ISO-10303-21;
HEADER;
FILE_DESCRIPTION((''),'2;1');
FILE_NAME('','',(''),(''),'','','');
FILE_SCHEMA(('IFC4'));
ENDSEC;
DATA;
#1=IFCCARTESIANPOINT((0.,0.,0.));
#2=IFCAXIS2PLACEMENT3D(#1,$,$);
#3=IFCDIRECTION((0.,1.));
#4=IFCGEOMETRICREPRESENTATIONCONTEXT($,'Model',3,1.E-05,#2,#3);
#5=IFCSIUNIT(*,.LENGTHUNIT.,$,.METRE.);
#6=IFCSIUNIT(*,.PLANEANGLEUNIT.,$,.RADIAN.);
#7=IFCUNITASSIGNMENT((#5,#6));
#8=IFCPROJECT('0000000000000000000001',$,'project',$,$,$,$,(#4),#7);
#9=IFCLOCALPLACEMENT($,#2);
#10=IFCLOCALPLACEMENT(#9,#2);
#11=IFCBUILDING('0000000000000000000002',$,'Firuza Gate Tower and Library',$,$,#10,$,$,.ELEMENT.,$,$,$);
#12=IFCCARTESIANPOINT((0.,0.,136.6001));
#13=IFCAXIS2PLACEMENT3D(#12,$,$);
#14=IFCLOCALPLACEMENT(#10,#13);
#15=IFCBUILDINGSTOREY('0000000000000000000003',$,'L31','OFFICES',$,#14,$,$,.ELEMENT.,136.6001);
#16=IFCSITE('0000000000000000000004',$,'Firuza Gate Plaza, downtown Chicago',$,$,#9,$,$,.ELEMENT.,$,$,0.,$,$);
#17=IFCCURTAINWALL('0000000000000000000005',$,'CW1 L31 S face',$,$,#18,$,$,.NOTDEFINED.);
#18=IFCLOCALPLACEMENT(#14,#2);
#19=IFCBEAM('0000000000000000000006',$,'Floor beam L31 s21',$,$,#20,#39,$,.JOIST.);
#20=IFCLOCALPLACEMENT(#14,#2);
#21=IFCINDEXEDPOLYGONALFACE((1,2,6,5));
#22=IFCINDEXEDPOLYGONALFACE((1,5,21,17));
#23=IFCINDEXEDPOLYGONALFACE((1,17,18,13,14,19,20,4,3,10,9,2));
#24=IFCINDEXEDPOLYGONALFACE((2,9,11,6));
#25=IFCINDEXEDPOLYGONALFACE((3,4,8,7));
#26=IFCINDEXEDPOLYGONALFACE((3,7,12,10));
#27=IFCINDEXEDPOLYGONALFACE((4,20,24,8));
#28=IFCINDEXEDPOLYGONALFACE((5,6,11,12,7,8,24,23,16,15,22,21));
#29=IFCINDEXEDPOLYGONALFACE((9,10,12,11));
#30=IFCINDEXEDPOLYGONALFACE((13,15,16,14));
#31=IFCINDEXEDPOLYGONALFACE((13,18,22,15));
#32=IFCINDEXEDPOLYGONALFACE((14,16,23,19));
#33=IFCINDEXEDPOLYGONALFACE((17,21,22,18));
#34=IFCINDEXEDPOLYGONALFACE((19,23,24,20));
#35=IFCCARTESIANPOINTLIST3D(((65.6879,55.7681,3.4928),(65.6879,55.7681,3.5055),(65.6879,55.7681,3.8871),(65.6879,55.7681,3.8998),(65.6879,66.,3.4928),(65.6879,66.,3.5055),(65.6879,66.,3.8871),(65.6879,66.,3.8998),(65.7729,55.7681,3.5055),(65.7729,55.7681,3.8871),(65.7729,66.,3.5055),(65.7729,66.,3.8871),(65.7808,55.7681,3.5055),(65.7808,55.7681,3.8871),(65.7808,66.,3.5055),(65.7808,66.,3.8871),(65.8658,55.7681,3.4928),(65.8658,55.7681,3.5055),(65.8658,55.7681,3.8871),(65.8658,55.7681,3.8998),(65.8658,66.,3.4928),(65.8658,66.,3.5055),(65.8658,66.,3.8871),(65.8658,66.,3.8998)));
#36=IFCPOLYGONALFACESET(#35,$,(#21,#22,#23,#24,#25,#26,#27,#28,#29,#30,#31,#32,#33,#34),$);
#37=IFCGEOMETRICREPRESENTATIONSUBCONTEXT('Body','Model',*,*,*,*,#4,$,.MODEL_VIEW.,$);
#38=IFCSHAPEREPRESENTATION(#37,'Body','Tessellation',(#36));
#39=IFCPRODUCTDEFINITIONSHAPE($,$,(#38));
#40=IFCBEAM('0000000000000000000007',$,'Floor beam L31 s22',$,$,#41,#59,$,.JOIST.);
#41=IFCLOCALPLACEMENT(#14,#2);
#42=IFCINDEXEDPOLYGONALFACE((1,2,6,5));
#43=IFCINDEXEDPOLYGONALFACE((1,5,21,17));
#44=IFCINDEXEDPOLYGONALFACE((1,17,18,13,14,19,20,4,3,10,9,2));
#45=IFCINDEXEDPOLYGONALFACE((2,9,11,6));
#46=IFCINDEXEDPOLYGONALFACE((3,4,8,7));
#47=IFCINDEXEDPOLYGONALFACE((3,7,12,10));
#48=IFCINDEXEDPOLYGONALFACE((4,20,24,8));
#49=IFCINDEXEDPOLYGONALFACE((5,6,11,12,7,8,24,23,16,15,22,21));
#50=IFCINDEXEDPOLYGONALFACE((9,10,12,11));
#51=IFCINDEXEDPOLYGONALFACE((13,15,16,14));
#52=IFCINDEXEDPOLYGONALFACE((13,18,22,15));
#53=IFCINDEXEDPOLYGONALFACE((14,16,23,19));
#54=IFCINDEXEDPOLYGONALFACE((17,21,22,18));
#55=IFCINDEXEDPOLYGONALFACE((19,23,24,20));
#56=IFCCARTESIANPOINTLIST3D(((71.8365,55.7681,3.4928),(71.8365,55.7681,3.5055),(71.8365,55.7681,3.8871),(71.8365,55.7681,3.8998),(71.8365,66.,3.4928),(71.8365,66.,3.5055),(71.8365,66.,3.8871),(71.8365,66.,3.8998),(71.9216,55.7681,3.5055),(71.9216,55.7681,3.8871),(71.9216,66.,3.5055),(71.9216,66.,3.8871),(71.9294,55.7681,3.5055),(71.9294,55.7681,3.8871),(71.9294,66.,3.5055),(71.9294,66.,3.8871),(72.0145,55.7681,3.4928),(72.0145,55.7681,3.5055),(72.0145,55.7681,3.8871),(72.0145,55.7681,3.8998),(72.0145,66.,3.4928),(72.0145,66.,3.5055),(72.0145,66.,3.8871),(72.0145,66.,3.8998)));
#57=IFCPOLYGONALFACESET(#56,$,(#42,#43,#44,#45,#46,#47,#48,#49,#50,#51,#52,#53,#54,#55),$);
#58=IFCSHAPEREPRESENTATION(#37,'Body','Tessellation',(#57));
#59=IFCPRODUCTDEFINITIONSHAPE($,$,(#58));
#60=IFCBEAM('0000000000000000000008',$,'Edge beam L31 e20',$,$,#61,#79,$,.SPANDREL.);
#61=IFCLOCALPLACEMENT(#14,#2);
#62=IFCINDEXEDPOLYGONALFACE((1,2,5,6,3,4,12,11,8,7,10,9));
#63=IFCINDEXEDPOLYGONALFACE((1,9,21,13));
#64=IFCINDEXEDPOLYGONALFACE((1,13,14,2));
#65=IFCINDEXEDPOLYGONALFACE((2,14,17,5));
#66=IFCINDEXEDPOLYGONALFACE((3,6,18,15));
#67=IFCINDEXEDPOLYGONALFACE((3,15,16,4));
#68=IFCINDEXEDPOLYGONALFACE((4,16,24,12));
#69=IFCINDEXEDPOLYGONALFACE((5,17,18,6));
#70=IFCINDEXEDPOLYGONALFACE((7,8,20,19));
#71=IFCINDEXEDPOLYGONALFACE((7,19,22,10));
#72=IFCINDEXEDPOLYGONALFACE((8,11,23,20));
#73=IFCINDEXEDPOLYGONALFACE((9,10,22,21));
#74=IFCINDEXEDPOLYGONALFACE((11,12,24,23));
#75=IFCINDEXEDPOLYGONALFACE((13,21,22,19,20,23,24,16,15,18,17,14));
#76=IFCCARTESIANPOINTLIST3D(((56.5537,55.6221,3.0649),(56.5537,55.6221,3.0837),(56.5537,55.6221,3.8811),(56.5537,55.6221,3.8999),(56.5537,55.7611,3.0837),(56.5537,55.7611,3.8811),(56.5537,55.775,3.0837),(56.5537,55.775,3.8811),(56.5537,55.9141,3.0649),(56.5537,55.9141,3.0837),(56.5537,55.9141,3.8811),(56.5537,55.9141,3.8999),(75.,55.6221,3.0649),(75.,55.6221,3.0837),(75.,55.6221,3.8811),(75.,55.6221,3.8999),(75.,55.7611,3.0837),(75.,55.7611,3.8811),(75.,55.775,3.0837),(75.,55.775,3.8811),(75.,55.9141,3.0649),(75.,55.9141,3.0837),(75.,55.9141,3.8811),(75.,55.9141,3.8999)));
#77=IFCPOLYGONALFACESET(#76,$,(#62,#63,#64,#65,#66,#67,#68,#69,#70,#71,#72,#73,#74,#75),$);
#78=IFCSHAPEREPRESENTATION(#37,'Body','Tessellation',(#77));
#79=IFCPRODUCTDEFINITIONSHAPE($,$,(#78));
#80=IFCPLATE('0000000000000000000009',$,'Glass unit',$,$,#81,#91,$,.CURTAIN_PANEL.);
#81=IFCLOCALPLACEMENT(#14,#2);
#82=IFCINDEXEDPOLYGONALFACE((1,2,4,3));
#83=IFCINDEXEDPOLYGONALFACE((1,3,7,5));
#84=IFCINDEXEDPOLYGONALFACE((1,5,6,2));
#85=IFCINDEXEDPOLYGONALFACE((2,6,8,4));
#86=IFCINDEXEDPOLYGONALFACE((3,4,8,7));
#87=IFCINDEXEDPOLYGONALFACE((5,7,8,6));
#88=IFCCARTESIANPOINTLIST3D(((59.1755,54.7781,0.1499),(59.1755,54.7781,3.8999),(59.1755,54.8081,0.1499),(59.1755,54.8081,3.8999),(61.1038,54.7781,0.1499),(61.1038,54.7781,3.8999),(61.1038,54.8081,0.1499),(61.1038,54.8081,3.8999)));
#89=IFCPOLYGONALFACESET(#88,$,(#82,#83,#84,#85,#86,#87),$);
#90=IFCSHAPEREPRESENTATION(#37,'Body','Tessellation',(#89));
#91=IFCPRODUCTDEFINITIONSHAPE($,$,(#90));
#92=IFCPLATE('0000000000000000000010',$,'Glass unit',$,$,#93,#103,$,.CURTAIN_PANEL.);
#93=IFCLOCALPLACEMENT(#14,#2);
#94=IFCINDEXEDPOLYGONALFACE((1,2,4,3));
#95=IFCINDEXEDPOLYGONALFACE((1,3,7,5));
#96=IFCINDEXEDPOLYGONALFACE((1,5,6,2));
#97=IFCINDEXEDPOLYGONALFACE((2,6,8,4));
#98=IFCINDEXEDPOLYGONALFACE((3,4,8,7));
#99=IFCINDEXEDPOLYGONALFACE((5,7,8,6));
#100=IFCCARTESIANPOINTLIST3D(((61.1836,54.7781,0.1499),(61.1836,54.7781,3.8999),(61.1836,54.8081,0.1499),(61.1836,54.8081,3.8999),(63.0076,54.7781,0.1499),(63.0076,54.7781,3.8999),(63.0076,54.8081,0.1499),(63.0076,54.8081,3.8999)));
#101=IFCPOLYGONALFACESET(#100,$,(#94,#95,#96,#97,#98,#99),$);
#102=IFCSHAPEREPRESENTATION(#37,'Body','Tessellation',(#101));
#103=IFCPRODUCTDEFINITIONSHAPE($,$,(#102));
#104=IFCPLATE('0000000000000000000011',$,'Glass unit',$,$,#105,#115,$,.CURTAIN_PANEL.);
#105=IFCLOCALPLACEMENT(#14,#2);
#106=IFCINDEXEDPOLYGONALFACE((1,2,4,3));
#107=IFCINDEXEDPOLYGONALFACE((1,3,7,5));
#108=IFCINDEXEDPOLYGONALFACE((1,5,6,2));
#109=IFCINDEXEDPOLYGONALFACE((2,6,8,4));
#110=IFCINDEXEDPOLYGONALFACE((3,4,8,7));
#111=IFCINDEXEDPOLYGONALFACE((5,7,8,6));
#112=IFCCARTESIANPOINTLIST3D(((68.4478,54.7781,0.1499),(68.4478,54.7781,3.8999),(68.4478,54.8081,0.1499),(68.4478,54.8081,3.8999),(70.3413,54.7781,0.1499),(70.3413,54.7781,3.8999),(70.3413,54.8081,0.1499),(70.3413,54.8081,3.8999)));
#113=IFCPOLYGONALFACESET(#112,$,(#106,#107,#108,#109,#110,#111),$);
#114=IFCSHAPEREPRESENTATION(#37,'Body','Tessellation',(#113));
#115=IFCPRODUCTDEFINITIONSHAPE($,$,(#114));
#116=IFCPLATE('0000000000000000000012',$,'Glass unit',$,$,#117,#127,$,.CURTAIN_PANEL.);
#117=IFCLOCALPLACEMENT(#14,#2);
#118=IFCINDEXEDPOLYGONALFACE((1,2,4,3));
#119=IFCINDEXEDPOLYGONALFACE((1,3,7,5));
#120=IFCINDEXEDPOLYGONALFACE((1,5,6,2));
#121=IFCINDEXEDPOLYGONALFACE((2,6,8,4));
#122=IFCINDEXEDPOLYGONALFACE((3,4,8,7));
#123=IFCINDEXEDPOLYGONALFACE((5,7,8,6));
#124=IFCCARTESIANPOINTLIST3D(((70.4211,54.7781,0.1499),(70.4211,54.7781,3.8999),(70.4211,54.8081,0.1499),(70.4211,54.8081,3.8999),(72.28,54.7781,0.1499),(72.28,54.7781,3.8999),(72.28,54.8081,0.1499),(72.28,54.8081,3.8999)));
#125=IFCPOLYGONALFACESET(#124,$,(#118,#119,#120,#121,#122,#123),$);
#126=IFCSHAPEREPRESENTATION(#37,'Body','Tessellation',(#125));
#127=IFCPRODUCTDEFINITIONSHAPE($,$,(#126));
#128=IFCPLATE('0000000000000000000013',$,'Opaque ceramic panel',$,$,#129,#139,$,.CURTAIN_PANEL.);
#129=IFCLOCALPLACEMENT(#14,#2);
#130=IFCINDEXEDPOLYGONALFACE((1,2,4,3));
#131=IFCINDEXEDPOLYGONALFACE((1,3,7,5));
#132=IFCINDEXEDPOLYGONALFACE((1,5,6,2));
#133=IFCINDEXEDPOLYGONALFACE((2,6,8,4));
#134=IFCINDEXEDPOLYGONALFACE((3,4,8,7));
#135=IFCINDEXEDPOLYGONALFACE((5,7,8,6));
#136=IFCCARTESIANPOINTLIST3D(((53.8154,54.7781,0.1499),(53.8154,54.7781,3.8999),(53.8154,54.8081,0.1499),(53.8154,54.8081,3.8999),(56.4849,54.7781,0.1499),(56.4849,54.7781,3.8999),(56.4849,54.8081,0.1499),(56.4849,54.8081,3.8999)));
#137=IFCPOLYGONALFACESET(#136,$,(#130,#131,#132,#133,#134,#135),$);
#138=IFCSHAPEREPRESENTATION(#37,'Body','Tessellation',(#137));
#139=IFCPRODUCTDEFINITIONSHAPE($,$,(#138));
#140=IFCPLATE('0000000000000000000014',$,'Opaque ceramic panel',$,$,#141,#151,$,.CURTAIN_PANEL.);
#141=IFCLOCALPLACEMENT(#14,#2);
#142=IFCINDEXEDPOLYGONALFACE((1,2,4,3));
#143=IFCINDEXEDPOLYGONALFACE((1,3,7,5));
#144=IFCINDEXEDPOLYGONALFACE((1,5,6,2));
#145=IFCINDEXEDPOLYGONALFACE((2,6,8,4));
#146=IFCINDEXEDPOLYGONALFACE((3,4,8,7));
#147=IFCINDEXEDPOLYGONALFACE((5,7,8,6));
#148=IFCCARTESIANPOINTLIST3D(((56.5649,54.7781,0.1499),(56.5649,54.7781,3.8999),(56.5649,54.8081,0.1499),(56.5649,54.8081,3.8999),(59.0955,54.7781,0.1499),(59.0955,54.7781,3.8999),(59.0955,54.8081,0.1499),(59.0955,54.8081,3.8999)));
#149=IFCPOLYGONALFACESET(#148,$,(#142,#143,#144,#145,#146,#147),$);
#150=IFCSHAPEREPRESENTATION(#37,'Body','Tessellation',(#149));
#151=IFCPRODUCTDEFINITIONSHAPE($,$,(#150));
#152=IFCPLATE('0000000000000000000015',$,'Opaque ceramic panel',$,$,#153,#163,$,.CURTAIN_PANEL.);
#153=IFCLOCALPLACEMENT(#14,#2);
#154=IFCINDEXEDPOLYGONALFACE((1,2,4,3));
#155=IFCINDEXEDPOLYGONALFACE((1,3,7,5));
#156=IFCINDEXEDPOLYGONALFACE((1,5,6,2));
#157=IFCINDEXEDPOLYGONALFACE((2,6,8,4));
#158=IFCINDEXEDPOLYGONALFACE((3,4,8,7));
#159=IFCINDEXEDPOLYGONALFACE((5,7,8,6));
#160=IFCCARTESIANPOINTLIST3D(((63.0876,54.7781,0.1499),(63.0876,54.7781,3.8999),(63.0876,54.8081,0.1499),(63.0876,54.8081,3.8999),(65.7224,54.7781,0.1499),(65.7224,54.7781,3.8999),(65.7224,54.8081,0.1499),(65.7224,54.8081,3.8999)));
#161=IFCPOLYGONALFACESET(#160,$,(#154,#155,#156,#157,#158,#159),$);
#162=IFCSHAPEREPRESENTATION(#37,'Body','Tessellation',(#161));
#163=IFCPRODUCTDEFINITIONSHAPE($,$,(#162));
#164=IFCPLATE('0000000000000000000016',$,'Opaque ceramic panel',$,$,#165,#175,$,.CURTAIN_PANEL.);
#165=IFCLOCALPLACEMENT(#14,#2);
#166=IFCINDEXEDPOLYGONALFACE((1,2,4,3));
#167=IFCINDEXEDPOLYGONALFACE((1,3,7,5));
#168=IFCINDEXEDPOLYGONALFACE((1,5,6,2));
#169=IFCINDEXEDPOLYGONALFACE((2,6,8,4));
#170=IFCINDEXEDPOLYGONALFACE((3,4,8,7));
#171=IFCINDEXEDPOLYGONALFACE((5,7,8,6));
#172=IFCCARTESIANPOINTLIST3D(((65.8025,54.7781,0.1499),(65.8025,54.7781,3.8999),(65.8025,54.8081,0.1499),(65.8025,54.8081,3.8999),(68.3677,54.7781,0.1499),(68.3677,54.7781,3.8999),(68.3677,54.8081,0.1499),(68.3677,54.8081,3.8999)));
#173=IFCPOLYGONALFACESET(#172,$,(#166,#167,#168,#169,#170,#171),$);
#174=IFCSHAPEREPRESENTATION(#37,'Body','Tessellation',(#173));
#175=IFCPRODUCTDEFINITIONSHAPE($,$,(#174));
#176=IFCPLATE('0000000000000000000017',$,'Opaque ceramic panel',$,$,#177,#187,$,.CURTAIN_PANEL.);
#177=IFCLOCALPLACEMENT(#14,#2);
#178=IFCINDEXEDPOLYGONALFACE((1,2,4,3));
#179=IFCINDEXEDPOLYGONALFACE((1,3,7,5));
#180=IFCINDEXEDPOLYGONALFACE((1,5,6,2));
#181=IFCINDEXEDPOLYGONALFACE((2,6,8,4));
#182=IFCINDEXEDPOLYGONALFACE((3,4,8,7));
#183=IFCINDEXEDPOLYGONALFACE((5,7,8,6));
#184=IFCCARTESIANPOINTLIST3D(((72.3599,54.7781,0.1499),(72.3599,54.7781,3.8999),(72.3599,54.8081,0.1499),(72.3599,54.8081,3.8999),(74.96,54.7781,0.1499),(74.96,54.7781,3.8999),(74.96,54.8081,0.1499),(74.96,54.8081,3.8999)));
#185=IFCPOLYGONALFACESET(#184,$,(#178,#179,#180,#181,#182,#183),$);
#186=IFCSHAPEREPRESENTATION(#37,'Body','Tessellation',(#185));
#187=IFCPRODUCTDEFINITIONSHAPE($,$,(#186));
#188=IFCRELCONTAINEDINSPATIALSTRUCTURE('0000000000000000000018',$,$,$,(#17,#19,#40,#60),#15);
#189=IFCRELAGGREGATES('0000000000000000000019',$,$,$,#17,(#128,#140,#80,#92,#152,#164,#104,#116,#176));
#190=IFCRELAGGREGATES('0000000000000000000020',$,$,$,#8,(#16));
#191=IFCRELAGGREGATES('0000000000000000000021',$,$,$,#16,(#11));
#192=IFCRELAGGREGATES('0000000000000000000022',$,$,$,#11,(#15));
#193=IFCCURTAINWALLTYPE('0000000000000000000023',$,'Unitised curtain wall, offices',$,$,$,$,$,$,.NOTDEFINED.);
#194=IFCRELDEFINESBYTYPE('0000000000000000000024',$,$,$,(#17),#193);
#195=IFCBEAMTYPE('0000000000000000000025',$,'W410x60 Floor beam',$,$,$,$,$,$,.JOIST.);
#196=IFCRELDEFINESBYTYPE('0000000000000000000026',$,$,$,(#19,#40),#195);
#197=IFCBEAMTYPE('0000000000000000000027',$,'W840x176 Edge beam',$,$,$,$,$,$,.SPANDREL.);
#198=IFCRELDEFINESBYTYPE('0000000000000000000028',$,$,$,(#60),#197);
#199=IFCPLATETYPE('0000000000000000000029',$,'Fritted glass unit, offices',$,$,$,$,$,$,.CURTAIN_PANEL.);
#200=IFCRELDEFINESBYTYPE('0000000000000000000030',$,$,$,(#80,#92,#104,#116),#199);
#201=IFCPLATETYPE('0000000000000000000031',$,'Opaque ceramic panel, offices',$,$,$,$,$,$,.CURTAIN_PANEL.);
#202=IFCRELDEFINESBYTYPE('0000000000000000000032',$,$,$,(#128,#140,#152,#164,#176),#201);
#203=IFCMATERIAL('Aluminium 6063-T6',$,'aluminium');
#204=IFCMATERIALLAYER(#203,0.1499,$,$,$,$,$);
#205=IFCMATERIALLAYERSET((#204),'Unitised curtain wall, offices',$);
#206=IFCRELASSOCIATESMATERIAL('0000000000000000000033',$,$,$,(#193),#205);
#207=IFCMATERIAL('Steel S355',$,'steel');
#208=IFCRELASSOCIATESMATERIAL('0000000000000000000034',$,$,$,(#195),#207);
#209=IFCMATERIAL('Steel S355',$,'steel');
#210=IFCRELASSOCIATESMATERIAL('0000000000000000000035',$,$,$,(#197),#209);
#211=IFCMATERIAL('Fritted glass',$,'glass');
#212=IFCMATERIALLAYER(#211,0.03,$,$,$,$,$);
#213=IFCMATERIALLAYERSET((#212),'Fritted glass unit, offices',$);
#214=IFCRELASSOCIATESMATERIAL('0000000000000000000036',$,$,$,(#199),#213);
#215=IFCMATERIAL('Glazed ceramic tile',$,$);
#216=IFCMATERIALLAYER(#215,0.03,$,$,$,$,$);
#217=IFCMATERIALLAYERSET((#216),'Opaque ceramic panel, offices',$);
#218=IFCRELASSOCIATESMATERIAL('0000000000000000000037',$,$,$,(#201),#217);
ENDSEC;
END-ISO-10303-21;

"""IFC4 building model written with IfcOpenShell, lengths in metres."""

from ifc_helpers import new_model, si_unit, direction, frame, origin, origin_2d, place, context, subcontext, project, spatial, polyline, i_section, outline, extrude, material, layer, layer_set, material_profile, profile_set, type_object, element, aggregate, save


model = new_model("IFC4")

# Units and contexts
model_context = context("Model", 3, precision=1e-05, world=origin(), true_north=direction((0.0, 1.0)))
body_context = subcontext(model_context, "Body", "Model", "MODEL_VIEW")
ifc_project = project(units=[si_unit("LENGTHUNIT", "METRE"), si_unit("PLANEANGLEUNIT", "RADIAN")], contexts=[model_context])

# Site, building, storey
site_placement = place(None, origin())
site = spatial("IfcSite", under=ifc_project, at=site_placement, Name="Firuza Gate Plaza, downtown Chicago", CompositionType="ELEMENT", RefElevation=0.0)
building_placement = place(site_placement, origin())
building = spatial("IfcBuilding", under=site, at=building_placement, Name="Firuza Gate Tower and Library", CompositionType="ELEMENT")
storey_placement = place(building_placement, frame((0.0, 0.0, 136.6001)))
storey = spatial("IfcBuildingStorey", under=building, at=storey_placement, Name="L31", Description="OFFICES", CompositionType="ELEMENT", Elevation=136.6001)

# Curtain wall
ifc_material_1 = material(Name="Aluminium 6063-T6", Category="aluminium")
ifc_layer_1 = layer(ifc_material_1, 0.1499)
ifc_layer_set_1 = layer_set([ifc_layer_1], Name="Unitised curtain wall, offices")
curtain_wall_type = type_object("IfcCurtainWallType", Name="Unitised curtain wall, offices", PredefinedType="NOTDEFINED", material=ifc_layer_set_1)
curtain_wall_placement = place(storey_placement, origin())
curtain_wall = element("IfcCurtainWall", 1, at=curtain_wall_placement, inside=storey, type_object=curtain_wall_type, Name="CW1 L31 S face", PredefinedType="NOTDEFINED")

# Beams
ifc_material_2 = material(Name="Steel S355", Category="steel")
ifc_material_profile_1 = material_profile(ifc_material_2, i_section(OverallWidth=0.178, OverallDepth=0.407, WebThickness=0.0078, FlangeThickness=0.0127, at=origin_2d()))
ifc_profile_set_1 = profile_set([ifc_material_profile_1], Name="Steel S355")
beam_type_1 = type_object("IfcBeamType", Name="W410x60 Floor beam", PredefinedType="JOIST", material=ifc_profile_set_1)
for number, where, z_axis, x_axis, name in (
    (2, (65.7769, 55.7681, 3.6963), (0.0, 1.0, 0.0), (-1.0, 0.0, 0.0), "Floor beam L31 s21"),
    (3, (71.9255, 55.7681, 3.6963), (0.0, 1.0, 0.0), (-1.0, 0.0, 0.0), "Floor beam L31 s22"),
):
    element("IfcBeam", number, at=place(storey_placement, frame(where, z_axis=z_axis, x_axis=x_axis)), inside=storey, type_object=beam_type_1, Name=name, PredefinedType="JOIST", context=body_context, shape_type="SweptSolid", body=[
        extrude(i_section(OverallWidth=0.178, OverallDepth=0.407, WebThickness=0.0078, FlangeThickness=0.0127, at=origin_2d()), origin(), (0.0, 0.0, 1.0), 10.2319),
    ])
ifc_material_3 = material(Name="Steel S355", Category="steel")
ifc_material_profile_2 = material_profile(ifc_material_3, i_section(OverallWidth=0.292, OverallDepth=0.835, WebThickness=0.0139, FlangeThickness=0.0188, at=origin_2d()))
ifc_profile_set_2 = profile_set([ifc_material_profile_2], Name="Steel S355")
beam_type_2 = type_object("IfcBeamType", Name="W840x176 Edge beam", PredefinedType="SPANDREL", material=ifc_profile_set_2)
beam_1_placement = place(storey_placement, frame((56.5537, 55.7681, 3.4824), z_axis=(1.0, 0.0, 0.0), x_axis=(0.0, 1.0, 0.0)))
element("IfcBeam", 4, at=beam_1_placement, inside=storey, type_object=beam_type_2, Name="Edge beam L31 e20", PredefinedType="SPANDREL", context=body_context, shape_type="SweptSolid", body=[
    extrude(i_section(OverallWidth=0.292, OverallDepth=0.835, WebThickness=0.0139, FlangeThickness=0.0188, at=origin_2d()), origin(), (0.0, 0.0, 1.0), 18.4463),
])

# Plates
ifc_material_4 = material(Name="Fritted glass", Category="glass")
ifc_layer_2 = layer(ifc_material_4, 0.03)
ifc_layer_set_2 = layer_set([ifc_layer_2], Name="Fritted glass unit, offices")
plate_type_1 = type_object("IfcPlateType", Name="Fritted glass unit, offices", PredefinedType="CURTAIN_PANEL", material=ifc_layer_set_2)
plate_1_placement = place(storey_placement, frame((59.1755, 54.7781, 0.1499), z_axis=(0.0, -1.0, 0.0), x_axis=(1.0, 0.0, 0.0)))
plate_1 = element("IfcPlate", 5, at=plate_1_placement, type_object=plate_type_1, Name="Glass unit", PredefinedType="CURTAIN_PANEL", context=body_context, shape_type="SweptSolid", body=[
    extrude(outline(polyline([(0.0, 0.0), (1.9282, 0.0), (1.9282, 3.75), (0.0, 3.75), (0.0, 0.0)])), origin(), (0.0, 0.0, -1.0), 0.03),
])
plate_2_placement = place(storey_placement, frame((61.1836, 54.7781, 0.1499), z_axis=(0.0, -1.0, 0.0), x_axis=(1.0, 0.0, 0.0)))
plate_2 = element("IfcPlate", 6, at=plate_2_placement, type_object=plate_type_1, Name="Glass unit", PredefinedType="CURTAIN_PANEL", context=body_context, shape_type="SweptSolid", body=[
    extrude(outline(polyline([(0.0, 0.0), (1.824, 0.0), (1.824, 3.75), (0.0, 3.75), (0.0, 0.0)])), origin(), (0.0, 0.0, -1.0), 0.03),
])
plate_3_placement = place(storey_placement, frame((68.4478, 54.7781, 0.1499), z_axis=(0.0, -1.0, 0.0), x_axis=(1.0, 0.0, 0.0)))
plate_3 = element("IfcPlate", 7, at=plate_3_placement, type_object=plate_type_1, Name="Glass unit", PredefinedType="CURTAIN_PANEL", context=body_context, shape_type="SweptSolid", body=[
    extrude(outline(polyline([(0.0, 0.0), (1.8936, 0.0), (1.8936, 3.75), (0.0, 3.75), (0.0, 0.0)])), origin(), (0.0, 0.0, -1.0), 0.03),
])
plate_4_placement = place(storey_placement, frame((70.4211, 54.7781, 0.1499), z_axis=(0.0, -1.0, 0.0), x_axis=(1.0, 0.0, 0.0)))
plate_4 = element("IfcPlate", 8, at=plate_4_placement, type_object=plate_type_1, Name="Glass unit", PredefinedType="CURTAIN_PANEL", context=body_context, shape_type="SweptSolid", body=[
    extrude(outline(polyline([(0.0, 0.0), (1.8589, 0.0), (1.8589, 3.75), (0.0, 3.75), (0.0, 0.0)])), origin(), (0.0, 0.0, -1.0), 0.03),
])
ifc_material_5 = material(Name="Glazed ceramic tile")
ifc_layer_3 = layer(ifc_material_5, 0.03)
ifc_layer_set_3 = layer_set([ifc_layer_3], Name="Opaque ceramic panel, offices")
plate_type_2 = type_object("IfcPlateType", Name="Opaque ceramic panel, offices", PredefinedType="CURTAIN_PANEL", material=ifc_layer_set_3)
plate_5_placement = place(storey_placement, frame((53.8154, 54.7781, 0.1499), z_axis=(0.0, -1.0, 0.0), x_axis=(1.0, 0.0, 0.0)))
plate_5 = element("IfcPlate", 9, at=plate_5_placement, type_object=plate_type_2, Name="Opaque ceramic panel", PredefinedType="CURTAIN_PANEL", context=body_context, shape_type="SweptSolid", body=[
    extrude(outline(polyline([(0.0, 0.0), (2.6694, 0.0), (2.6694, 3.75), (0.0, 3.75), (0.0, 0.0)])), origin(), (0.0, 0.0, -1.0), 0.03),
])
plate_6_placement = place(storey_placement, frame((56.5649, 54.7781, 0.1499), z_axis=(0.0, -1.0, 0.0), x_axis=(1.0, 0.0, 0.0)))
plate_6 = element("IfcPlate", 10, at=plate_6_placement, type_object=plate_type_2, Name="Opaque ceramic panel", PredefinedType="CURTAIN_PANEL", context=body_context, shape_type="SweptSolid", body=[
    extrude(outline(polyline([(0.0, 0.0), (2.5305, 0.0), (2.5305, 3.75), (0.0, 3.75), (0.0, 0.0)])), origin(), (0.0, 0.0, -1.0), 0.03),
])
plate_7_placement = place(storey_placement, frame((63.0876, 54.7781, 0.1499), z_axis=(0.0, -1.0, 0.0), x_axis=(1.0, 0.0, 0.0)))
plate_7 = element("IfcPlate", 11, at=plate_7_placement, type_object=plate_type_2, Name="Opaque ceramic panel", PredefinedType="CURTAIN_PANEL", context=body_context, shape_type="SweptSolid", body=[
    extrude(outline(polyline([(0.0, 0.0), (2.6348, 0.0), (2.6348, 3.75), (0.0, 3.75), (0.0, 0.0)])), origin(), (0.0, 0.0, -1.0), 0.03),
])
plate_8_placement = place(storey_placement, frame((65.8025, 54.7781, 0.1499), z_axis=(0.0, -1.0, 0.0), x_axis=(1.0, 0.0, 0.0)))
plate_8 = element("IfcPlate", 12, at=plate_8_placement, type_object=plate_type_2, Name="Opaque ceramic panel", PredefinedType="CURTAIN_PANEL", context=body_context, shape_type="SweptSolid", body=[
    extrude(outline(polyline([(0.0, 0.0), (2.5652, 0.0), (2.5652, 3.75), (0.0, 3.75), (0.0, 0.0)])), origin(), (0.0, 0.0, -1.0), 0.03),
])
plate_9_placement = place(storey_placement, frame((72.3599, 54.7781, 0.1499), z_axis=(0.0, -1.0, 0.0), x_axis=(1.0, 0.0, 0.0)))
plate_9 = element("IfcPlate", 13, at=plate_9_placement, type_object=plate_type_2, Name="Opaque ceramic panel", PredefinedType="CURTAIN_PANEL", context=body_context, shape_type="SweptSolid", body=[
    extrude(outline(polyline([(0.0, 0.0), (2.6001, 0.0), (2.6001, 3.75), (0.0, 3.75), (0.0, 0.0)])), origin(), (0.0, 0.0, -1.0), 0.03),
])
aggregate(curtain_wall, [plate_5, plate_6, plate_1, plate_2, plate_7, plate_8, plate_3, plate_4, plate_9])

save(model, "model.ifc")
